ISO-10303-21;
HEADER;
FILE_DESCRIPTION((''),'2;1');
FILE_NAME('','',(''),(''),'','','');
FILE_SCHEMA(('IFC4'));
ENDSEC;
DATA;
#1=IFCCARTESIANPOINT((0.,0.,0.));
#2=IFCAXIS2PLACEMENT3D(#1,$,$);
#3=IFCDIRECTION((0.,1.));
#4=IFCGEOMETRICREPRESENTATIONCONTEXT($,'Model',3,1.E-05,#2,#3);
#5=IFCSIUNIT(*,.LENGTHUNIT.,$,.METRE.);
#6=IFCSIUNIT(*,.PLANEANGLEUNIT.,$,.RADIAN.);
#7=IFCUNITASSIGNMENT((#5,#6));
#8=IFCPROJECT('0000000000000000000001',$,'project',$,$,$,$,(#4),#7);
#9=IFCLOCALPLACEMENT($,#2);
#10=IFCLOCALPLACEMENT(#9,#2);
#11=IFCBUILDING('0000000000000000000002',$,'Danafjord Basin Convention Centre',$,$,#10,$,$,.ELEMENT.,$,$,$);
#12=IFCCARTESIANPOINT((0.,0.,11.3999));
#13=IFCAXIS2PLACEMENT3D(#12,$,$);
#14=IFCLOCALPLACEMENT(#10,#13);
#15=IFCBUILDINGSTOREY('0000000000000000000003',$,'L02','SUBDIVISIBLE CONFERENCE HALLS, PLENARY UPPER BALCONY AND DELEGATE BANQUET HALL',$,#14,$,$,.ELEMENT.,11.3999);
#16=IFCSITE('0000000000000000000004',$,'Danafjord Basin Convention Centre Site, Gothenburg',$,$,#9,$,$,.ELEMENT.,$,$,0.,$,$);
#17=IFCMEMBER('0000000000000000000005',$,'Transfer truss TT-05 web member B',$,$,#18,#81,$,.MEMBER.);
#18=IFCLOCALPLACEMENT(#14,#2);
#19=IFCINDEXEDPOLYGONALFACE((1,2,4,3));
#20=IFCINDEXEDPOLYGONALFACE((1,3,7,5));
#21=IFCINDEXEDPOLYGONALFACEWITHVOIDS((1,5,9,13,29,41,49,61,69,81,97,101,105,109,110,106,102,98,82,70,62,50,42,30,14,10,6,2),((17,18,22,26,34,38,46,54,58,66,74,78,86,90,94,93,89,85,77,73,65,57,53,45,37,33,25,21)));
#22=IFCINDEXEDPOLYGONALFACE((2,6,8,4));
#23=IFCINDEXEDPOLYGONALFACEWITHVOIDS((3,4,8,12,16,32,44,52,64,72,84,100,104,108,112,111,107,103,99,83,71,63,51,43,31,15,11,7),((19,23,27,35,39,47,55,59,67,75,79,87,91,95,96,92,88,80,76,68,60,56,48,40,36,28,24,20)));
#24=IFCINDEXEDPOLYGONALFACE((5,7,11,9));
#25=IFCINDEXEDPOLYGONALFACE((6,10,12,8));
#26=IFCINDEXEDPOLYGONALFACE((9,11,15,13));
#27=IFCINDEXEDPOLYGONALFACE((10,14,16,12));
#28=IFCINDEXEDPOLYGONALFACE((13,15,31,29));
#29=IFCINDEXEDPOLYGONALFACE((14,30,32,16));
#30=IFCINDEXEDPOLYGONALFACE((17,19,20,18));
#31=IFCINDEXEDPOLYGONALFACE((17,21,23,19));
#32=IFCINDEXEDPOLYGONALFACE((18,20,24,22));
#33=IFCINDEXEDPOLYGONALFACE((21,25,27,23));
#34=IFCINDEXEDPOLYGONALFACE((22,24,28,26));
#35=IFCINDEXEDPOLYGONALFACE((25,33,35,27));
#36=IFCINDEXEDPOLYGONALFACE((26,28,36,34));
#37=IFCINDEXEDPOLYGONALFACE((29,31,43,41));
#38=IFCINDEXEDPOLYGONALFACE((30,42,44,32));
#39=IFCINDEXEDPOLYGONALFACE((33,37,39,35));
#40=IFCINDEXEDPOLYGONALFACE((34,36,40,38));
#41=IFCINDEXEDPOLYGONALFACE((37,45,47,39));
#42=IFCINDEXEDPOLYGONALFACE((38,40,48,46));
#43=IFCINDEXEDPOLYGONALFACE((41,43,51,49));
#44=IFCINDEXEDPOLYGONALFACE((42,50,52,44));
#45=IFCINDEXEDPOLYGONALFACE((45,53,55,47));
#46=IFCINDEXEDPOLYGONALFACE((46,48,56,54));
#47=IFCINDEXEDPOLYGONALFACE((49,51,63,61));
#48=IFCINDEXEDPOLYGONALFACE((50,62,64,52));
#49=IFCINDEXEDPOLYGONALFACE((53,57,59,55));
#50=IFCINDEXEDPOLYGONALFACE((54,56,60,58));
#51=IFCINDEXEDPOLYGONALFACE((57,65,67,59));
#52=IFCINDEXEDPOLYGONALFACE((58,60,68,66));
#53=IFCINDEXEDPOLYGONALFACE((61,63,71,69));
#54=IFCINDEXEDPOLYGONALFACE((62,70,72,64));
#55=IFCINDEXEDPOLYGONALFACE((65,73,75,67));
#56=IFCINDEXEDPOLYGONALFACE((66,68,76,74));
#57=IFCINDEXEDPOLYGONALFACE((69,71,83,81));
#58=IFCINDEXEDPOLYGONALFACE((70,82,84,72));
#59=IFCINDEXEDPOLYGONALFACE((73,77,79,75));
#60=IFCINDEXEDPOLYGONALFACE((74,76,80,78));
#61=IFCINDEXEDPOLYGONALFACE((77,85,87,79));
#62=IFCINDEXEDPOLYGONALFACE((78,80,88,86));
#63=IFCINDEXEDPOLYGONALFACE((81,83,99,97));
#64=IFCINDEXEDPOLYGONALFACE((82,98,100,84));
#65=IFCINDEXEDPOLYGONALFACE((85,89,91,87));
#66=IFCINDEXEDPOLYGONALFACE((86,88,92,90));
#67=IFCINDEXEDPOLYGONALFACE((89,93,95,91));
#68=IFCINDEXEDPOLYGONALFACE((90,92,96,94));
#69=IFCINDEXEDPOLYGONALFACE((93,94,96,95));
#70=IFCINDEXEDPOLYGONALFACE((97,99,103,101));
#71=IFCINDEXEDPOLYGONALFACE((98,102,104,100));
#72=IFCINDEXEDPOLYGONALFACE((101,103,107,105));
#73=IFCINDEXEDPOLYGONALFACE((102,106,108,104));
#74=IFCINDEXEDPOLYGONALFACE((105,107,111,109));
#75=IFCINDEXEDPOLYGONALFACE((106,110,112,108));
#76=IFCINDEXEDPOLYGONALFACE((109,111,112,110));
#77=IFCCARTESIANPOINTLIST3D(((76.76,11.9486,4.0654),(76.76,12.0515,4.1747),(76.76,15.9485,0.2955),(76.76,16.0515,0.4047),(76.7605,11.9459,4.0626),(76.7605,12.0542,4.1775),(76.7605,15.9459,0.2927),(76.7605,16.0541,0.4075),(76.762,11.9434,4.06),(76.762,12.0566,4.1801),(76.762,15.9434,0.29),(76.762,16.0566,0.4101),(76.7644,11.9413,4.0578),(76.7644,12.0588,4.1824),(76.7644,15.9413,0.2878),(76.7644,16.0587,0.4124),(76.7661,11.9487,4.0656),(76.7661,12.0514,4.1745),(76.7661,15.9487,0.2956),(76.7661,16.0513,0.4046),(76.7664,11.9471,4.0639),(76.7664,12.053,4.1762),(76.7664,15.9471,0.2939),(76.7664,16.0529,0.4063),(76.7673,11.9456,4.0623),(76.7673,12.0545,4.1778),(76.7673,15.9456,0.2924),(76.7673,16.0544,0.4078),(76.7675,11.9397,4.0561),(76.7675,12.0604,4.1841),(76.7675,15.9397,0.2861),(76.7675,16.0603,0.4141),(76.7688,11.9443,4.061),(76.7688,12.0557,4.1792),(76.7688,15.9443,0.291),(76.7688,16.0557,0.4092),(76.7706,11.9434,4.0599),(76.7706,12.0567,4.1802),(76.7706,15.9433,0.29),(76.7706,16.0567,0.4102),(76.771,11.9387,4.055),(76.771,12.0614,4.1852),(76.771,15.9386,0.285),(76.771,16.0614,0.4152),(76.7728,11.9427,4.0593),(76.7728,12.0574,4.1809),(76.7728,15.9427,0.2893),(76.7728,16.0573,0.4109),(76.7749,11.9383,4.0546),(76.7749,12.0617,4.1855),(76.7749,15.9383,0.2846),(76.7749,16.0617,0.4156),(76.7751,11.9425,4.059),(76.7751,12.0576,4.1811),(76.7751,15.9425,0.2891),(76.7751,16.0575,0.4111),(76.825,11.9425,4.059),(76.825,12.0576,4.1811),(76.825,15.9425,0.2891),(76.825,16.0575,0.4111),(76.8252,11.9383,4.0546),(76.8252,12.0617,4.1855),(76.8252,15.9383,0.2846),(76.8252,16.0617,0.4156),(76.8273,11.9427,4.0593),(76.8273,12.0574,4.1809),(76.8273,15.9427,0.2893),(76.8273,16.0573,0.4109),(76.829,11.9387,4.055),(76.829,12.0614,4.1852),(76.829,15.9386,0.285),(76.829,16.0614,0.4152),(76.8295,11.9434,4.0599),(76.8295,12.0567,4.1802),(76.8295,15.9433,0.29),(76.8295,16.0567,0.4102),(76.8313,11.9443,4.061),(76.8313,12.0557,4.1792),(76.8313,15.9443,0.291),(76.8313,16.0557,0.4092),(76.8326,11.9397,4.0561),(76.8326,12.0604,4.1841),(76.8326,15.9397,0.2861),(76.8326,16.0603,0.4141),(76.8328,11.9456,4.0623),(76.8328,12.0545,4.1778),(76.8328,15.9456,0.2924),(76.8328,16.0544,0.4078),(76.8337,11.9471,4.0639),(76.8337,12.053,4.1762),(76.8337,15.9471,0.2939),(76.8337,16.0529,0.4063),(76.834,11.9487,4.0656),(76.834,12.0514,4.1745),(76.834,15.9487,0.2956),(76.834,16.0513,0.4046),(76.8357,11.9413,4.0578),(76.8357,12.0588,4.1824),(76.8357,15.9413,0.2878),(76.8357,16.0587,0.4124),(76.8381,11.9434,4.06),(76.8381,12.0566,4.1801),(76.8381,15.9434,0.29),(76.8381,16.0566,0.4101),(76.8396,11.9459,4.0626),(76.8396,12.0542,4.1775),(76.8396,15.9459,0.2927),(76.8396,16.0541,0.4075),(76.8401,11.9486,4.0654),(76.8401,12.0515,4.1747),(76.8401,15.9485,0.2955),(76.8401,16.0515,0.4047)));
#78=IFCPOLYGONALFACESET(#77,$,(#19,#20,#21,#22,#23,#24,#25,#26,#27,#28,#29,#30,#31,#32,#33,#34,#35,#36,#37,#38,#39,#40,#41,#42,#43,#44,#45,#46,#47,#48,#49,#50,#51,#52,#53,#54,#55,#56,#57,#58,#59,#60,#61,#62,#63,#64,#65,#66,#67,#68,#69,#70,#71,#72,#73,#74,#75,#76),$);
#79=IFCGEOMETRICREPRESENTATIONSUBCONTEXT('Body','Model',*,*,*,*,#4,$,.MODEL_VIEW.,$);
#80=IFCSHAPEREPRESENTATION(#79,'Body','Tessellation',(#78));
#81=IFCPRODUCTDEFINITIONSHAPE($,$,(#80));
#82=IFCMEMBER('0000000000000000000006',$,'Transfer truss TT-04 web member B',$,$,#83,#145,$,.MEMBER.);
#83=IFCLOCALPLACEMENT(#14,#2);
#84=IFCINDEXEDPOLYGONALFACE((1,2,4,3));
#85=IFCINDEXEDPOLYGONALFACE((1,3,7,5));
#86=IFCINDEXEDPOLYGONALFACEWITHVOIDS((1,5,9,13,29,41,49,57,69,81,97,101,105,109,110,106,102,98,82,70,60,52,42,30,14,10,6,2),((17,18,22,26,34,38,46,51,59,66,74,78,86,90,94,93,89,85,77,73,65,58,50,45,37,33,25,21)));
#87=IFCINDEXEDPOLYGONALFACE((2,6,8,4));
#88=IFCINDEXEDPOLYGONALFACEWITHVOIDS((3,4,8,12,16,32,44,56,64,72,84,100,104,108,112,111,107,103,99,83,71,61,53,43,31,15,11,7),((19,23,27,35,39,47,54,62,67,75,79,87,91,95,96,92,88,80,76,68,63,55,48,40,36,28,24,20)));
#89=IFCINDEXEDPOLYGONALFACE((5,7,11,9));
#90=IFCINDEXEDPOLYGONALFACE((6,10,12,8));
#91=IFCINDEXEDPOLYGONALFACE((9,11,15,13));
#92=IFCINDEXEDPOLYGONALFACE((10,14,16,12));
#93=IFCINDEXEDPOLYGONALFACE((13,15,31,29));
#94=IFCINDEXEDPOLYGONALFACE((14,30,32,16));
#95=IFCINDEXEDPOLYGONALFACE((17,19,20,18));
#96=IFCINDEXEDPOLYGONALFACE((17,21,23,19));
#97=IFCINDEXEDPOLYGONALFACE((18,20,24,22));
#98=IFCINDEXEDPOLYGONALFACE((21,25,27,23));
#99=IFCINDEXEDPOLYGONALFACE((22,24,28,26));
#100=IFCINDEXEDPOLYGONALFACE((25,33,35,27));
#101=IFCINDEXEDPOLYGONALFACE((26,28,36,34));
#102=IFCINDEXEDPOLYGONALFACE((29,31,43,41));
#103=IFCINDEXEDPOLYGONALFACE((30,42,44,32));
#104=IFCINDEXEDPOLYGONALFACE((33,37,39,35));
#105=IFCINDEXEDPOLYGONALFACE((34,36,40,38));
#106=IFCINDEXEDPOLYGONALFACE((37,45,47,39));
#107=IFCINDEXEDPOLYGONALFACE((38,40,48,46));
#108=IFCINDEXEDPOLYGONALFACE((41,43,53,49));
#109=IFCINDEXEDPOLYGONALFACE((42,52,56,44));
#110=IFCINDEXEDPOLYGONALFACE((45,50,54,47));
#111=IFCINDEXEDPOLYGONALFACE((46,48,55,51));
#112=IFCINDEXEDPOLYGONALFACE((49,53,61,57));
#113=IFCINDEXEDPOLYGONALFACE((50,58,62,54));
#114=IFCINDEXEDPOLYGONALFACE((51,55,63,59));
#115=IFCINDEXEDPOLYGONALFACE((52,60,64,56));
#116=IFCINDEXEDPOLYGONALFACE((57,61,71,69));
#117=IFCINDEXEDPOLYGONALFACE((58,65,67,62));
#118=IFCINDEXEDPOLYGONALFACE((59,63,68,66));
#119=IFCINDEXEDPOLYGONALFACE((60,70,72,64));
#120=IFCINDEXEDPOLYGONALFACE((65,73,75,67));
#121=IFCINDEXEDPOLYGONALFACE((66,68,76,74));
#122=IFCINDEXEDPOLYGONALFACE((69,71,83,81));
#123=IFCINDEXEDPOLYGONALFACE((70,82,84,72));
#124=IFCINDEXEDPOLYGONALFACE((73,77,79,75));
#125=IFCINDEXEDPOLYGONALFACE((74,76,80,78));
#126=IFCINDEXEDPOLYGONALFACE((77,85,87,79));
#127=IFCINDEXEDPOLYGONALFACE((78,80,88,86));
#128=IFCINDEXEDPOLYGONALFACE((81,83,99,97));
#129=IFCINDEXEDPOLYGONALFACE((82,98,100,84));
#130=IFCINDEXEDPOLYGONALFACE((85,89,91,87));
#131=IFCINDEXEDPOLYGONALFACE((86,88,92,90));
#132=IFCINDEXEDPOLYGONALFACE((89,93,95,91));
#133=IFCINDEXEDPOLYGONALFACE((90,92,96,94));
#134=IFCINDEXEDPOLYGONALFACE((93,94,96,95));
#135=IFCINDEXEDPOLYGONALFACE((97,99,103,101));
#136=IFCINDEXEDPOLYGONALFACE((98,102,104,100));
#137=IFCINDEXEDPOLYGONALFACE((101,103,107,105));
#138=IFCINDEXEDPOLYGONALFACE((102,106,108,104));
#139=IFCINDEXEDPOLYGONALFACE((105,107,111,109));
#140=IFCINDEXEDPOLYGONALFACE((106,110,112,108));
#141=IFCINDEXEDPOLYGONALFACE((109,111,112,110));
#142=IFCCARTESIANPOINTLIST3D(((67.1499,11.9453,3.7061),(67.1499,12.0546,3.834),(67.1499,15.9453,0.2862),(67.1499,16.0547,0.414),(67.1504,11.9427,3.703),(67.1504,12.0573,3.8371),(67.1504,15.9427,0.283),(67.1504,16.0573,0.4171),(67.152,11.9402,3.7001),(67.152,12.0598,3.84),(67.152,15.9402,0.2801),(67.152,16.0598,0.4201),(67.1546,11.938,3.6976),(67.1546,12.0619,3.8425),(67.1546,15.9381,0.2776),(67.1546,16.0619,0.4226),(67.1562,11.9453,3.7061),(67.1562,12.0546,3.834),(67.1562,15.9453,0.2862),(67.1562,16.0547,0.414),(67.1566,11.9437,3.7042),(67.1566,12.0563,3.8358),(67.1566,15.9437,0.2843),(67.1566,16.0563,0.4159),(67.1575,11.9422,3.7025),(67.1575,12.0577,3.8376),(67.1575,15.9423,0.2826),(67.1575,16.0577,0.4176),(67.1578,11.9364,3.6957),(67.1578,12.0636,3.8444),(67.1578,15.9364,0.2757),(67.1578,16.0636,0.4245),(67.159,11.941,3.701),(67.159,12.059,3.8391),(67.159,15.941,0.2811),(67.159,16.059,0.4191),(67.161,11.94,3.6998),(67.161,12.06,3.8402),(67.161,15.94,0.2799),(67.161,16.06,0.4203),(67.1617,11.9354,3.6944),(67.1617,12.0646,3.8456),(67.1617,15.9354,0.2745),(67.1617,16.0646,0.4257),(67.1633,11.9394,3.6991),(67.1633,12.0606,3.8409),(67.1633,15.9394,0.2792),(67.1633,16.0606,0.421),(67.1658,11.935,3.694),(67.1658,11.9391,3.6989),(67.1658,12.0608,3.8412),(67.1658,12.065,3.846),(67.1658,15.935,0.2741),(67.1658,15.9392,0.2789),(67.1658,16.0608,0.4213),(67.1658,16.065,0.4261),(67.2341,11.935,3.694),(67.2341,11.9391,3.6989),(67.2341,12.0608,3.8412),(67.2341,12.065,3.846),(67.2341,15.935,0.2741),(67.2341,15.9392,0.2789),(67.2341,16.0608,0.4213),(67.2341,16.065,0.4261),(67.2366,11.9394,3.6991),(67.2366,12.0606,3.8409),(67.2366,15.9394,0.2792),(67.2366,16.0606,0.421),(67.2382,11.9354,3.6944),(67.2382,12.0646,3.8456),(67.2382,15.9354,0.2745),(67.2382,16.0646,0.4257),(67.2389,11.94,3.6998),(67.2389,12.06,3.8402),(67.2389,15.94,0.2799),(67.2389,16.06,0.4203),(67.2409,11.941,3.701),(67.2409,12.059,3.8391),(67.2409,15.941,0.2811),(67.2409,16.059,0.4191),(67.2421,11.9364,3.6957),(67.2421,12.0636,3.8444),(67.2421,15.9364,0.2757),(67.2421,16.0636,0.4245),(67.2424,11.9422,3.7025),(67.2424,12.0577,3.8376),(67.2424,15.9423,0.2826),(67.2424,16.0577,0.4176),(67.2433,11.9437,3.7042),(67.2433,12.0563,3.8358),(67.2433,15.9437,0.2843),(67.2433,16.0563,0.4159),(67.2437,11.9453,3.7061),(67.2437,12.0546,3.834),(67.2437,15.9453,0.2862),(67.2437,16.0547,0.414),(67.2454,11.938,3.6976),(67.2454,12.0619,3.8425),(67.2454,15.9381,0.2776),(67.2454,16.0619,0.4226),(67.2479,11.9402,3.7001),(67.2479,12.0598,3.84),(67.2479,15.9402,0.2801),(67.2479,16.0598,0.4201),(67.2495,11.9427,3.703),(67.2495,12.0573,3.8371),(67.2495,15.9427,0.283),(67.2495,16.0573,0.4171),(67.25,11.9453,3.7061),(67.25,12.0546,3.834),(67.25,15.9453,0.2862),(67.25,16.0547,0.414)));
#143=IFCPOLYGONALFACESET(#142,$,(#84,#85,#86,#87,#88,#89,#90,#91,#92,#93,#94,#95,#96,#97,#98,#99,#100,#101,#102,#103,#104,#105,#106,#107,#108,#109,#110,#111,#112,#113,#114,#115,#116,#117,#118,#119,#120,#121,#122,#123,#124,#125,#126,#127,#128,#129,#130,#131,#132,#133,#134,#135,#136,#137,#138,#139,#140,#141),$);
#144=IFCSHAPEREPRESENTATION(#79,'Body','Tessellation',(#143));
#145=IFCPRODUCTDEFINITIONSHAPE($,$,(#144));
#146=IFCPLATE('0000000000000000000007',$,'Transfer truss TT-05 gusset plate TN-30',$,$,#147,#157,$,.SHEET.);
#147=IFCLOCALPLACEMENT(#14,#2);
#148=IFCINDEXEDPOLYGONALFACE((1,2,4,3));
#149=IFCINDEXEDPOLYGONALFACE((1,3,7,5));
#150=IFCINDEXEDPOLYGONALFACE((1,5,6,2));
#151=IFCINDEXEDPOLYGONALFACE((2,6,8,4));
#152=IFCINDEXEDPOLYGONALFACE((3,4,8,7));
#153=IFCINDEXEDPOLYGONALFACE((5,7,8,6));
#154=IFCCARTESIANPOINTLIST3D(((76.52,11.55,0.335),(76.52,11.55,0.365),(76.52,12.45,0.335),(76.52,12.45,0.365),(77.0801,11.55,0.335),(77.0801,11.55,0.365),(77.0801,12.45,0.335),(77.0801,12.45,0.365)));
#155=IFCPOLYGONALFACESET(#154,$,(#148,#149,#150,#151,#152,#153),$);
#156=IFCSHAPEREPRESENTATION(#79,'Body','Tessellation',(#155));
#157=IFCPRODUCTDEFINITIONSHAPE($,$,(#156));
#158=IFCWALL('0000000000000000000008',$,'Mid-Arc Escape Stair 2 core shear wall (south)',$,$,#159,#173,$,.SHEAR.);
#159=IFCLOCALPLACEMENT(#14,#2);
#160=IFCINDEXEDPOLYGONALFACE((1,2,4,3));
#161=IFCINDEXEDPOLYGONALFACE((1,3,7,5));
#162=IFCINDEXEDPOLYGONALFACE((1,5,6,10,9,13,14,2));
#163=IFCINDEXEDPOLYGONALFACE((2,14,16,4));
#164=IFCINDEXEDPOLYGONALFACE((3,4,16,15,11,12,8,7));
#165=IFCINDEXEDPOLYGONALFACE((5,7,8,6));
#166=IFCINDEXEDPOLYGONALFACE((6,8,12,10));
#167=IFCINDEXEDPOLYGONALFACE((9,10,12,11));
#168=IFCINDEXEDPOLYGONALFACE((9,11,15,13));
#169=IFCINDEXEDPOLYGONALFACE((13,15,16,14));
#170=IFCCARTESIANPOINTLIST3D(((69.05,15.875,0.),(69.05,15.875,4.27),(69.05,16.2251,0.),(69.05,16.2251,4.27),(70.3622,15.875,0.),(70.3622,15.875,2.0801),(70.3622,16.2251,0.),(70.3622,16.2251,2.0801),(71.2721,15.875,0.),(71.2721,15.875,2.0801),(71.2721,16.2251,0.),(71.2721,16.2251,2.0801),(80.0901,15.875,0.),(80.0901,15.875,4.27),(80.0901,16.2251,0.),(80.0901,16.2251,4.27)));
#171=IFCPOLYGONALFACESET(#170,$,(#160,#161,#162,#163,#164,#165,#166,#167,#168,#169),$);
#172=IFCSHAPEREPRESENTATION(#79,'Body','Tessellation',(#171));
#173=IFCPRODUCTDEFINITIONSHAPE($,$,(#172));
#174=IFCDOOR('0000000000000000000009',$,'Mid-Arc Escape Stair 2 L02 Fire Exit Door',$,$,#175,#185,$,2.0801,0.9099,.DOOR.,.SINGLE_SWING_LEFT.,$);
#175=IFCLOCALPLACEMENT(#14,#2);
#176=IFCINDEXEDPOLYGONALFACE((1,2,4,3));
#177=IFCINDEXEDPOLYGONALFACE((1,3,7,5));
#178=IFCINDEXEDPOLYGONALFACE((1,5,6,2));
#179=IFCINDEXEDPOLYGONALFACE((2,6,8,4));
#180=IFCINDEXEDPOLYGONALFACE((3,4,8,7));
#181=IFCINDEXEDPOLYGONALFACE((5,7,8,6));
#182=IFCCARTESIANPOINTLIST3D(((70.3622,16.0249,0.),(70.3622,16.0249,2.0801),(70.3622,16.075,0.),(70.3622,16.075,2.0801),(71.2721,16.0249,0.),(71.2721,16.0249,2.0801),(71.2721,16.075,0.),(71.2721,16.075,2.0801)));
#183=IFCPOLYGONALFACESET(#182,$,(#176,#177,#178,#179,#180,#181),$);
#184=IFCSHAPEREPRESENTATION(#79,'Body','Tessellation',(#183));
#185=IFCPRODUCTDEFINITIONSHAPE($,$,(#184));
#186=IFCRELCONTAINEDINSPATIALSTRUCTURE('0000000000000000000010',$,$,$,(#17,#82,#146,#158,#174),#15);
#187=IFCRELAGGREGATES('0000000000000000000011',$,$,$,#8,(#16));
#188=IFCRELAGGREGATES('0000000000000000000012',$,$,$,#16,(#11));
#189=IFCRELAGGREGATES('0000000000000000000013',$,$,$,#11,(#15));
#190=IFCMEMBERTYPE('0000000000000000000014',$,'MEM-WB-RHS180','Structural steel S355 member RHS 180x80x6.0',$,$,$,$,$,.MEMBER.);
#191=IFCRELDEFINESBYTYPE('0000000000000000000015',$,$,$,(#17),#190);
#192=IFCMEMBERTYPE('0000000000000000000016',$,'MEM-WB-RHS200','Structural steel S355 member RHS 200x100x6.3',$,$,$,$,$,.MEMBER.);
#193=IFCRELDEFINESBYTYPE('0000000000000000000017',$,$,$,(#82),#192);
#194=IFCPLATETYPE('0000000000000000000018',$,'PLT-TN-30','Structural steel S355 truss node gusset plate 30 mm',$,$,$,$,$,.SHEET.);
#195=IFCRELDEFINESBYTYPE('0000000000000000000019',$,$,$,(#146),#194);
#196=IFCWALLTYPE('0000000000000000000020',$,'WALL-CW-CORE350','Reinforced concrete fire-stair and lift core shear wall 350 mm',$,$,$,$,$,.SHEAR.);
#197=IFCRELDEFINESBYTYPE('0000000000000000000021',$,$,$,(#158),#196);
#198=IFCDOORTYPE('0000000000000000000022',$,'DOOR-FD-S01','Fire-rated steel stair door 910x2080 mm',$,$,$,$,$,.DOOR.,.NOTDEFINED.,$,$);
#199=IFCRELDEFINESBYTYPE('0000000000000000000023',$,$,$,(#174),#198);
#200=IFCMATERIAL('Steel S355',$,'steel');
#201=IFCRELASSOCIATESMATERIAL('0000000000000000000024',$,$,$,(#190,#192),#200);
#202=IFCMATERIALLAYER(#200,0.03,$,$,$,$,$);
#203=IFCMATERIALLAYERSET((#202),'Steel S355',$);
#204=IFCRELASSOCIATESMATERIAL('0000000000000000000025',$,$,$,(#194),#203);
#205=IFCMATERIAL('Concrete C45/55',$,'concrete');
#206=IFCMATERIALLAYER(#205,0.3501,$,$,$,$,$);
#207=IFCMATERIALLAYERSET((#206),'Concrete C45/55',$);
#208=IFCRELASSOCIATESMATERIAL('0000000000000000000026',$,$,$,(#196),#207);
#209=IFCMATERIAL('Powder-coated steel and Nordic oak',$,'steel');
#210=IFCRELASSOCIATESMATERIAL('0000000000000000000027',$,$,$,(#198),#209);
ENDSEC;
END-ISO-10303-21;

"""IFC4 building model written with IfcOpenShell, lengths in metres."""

from ifc_helpers import new_model, si_unit, direction, frame, frame_2d, origin, origin_2d, place, context, subcontext, project, spatial, rectangle, hollow_rectangle, extrude, material, layer, layer_set, material_profile, profile_set, type_object, element, fill, save


model = new_model("IFC4")

# Units and contexts
model_context = context("Model", 3, precision=1e-05, world=origin(), true_north=direction((0.0, 1.0)))
body_context = subcontext(model_context, "Body", "Model", "MODEL_VIEW")
ifc_project = project(units=[si_unit("LENGTHUNIT", "METRE"), si_unit("PLANEANGLEUNIT", "RADIAN")], contexts=[model_context])

# Site, building, storey
site_placement = place(None, origin())
site = spatial("IfcSite", under=ifc_project, at=site_placement, Name="Danafjord Basin Convention Centre Site, Gothenburg", CompositionType="ELEMENT", RefElevation=0.0)
building_placement = place(site_placement, origin())
building = spatial("IfcBuilding", under=site, at=building_placement, Name="Danafjord Basin Convention Centre", CompositionType="ELEMENT")
storey_placement = place(building_placement, frame((0.0, 0.0, 11.3999)))
storey = spatial("IfcBuildingStorey", under=building, at=storey_placement, Name="L02", Description="SUBDIVISIBLE CONFERENCE HALLS, PLENARY UPPER BALCONY AND DELEGATE BANQUET HALL", CompositionType="ELEMENT", Elevation=11.3999)

# Shared definitions
ifc_material_1 = material(Name="Steel S355", Category="steel")

# Members
ifc_material_profile_1 = material_profile(ifc_material_1, hollow_rectangle(XDim=0.0801, YDim=0.1799, WallThickness=0.0061, InnerFilletRadius=0.009, OuterFilletRadius=0.0149, at=origin_2d()), Name="RHS 180x80x6.0")
ifc_profile_set_1 = profile_set([ifc_material_profile_1], Name="Steel S355")
member_type_1 = type_object("IfcMemberType", Name="MEM-WB-RHS180", Description="Structural steel S355 member RHS 180x80x6.0", PredefinedType="MEMBER", material=ifc_profile_set_1)
member_1_placement = place(storey_placement, frame((76.8, 16.0, 0.3501), z_axis=(0.0, -0.727717, 0.685877), x_axis=(1.0, 0.0, 0.0)))
element("IfcMember", 1, at=member_1_placement, inside=storey, type_object=member_type_1, Name="Transfer truss TT-05 web member B", PredefinedType="MEMBER", context=body_context, shape_type="SweptSolid", body=[
    extrude(hollow_rectangle(XDim=0.0801, YDim=0.1799, WallThickness=0.0061, InnerFilletRadius=0.009, OuterFilletRadius=0.0149, at=origin_2d()), origin(), (0.0, 0.0, 1.0), 5.4966),
])
ifc_material_profile_2 = material_profile(ifc_material_1, hollow_rectangle(XDim=0.1001, YDim=0.2, WallThickness=0.0063, InnerFilletRadius=0.0095, OuterFilletRadius=0.0159, at=origin_2d()), Name="RHS 200x100x6.3")
ifc_profile_set_2 = profile_set([ifc_material_profile_2], Name="Steel S355")
member_type_2 = type_object("IfcMemberType", Name="MEM-WB-RHS200", Description="Structural steel S355 member RHS 200x100x6.3", PredefinedType="MEMBER", material=ifc_profile_set_2)
member_2_placement = place(storey_placement, frame((67.2, 16.0, 0.3501), z_axis=(0.0, -0.760068, 0.649843), x_axis=(1.0, 0.0, 0.0)))
element("IfcMember", 2, at=member_2_placement, inside=storey, type_object=member_type_2, Name="Transfer truss TT-04 web member B", PredefinedType="MEMBER", context=body_context, shape_type="SweptSolid", body=[
    extrude(hollow_rectangle(XDim=0.1001, YDim=0.2, WallThickness=0.0063, InnerFilletRadius=0.0095, OuterFilletRadius=0.0159, at=origin_2d()), origin(), (0.0, 0.0, 1.0), 5.2627),
])

# Plate
ifc_layer_1 = layer(ifc_material_1, 0.03)
ifc_layer_set_1 = layer_set([ifc_layer_1], Name="Steel S355")
plate_type = type_object("IfcPlateType", Name="PLT-TN-30", Description="Structural steel S355 truss node gusset plate 30 mm", PredefinedType="SHEET", material=ifc_layer_set_1)
plate_placement = place(storey_placement, frame((76.8, 12.0, 0.335), z_axis=(0.0, 0.0, 1.0), x_axis=(1.0, 0.0, 0.0)))
element("IfcPlate", 3, at=plate_placement, inside=storey, type_object=plate_type, Name="Transfer truss TT-05 gusset plate TN-30", PredefinedType="SHEET", context=body_context, shape_type="SweptSolid", body=[
    extrude(rectangle(XDim=0.5601, YDim=0.8999, at=origin_2d()), origin(), (0.0, 0.0, 1.0), 0.03),
])

# Wall, opening, door
ifc_material_2 = material(Name="Concrete C45/55", Category="concrete")
ifc_layer_2 = layer(ifc_material_2, 0.3501)
ifc_layer_set_2 = layer_set([ifc_layer_2], Name="Concrete C45/55")
wall_type = type_object("IfcWallType", Name="WALL-CW-CORE350", Description="Reinforced concrete fire-stair and lift core shear wall 350 mm", PredefinedType="SHEAR", material=ifc_layer_set_2)
wall_placement = place(storey_placement, frame((69.05, 16.05, 0.0), z_axis=(0.0, 0.0, 1.0), x_axis=(1.0, 0.0, 0.0)))
wall = element("IfcWall", 4, at=wall_placement, inside=storey, type_object=wall_type, Name="Mid-Arc Escape Stair 2 core shear wall (south)", PredefinedType="SHEAR", context=body_context, shape_type="SweptSolid", body=[
    extrude(rectangle(XDim=11.04, YDim=0.3501, at=frame_2d((5.52, 0.0))), origin(), (0.0, 0.0, 1.0), 4.27),
])
opening_placement = place(wall_placement, frame((1.312, 0.0, 0.0)))
opening = element("IfcOpeningElement", 5, at=opening_placement, cuts=wall, PredefinedType="OPENING", context=body_context, shape_type="SweptSolid", body=[
    extrude(rectangle(XDim=0.9099, YDim=2.0801, at=frame_2d((0.4551, 1.04))), frame((0.0, 0.1851, 0.0), z_axis=(0.0, -1.0, 0.0), x_axis=(1.0, 0.0, 0.0)), (0.0, 0.0, 1.0), 0.3701),
])
ifc_material_3 = material(Name="Powder-coated steel and Nordic oak", Category="steel")
door_type = type_object("IfcDoorType", Name="DOOR-FD-S01", Description="Fire-rated steel stair door 910x2080 mm", OperationType="NOTDEFINED", PredefinedType="DOOR", material=ifc_material_3)
door_placement = place(opening_placement, origin())
door = element("IfcDoor", 6, at=door_placement, inside=storey, type_object=door_type, Name="Mid-Arc Escape Stair 2 L02 Fire Exit Door", OperationType="SINGLE_SWING_LEFT", OverallHeight=2.0801, OverallWidth=0.9099, PredefinedType="DOOR", context=body_context, shape_type="SweptSolid", body=[
    extrude(rectangle(XDim=0.9099, YDim=2.0801, at=frame_2d((0.4551, 1.04))), frame((0.0, 0.0249, 0.0), z_axis=(0.0, -1.0, 0.0), x_axis=(1.0, 0.0, 0.0)), (0.0, 0.0, 1.0), 0.05),
])
fill(opening, door)

save(model, "model.ifc")
